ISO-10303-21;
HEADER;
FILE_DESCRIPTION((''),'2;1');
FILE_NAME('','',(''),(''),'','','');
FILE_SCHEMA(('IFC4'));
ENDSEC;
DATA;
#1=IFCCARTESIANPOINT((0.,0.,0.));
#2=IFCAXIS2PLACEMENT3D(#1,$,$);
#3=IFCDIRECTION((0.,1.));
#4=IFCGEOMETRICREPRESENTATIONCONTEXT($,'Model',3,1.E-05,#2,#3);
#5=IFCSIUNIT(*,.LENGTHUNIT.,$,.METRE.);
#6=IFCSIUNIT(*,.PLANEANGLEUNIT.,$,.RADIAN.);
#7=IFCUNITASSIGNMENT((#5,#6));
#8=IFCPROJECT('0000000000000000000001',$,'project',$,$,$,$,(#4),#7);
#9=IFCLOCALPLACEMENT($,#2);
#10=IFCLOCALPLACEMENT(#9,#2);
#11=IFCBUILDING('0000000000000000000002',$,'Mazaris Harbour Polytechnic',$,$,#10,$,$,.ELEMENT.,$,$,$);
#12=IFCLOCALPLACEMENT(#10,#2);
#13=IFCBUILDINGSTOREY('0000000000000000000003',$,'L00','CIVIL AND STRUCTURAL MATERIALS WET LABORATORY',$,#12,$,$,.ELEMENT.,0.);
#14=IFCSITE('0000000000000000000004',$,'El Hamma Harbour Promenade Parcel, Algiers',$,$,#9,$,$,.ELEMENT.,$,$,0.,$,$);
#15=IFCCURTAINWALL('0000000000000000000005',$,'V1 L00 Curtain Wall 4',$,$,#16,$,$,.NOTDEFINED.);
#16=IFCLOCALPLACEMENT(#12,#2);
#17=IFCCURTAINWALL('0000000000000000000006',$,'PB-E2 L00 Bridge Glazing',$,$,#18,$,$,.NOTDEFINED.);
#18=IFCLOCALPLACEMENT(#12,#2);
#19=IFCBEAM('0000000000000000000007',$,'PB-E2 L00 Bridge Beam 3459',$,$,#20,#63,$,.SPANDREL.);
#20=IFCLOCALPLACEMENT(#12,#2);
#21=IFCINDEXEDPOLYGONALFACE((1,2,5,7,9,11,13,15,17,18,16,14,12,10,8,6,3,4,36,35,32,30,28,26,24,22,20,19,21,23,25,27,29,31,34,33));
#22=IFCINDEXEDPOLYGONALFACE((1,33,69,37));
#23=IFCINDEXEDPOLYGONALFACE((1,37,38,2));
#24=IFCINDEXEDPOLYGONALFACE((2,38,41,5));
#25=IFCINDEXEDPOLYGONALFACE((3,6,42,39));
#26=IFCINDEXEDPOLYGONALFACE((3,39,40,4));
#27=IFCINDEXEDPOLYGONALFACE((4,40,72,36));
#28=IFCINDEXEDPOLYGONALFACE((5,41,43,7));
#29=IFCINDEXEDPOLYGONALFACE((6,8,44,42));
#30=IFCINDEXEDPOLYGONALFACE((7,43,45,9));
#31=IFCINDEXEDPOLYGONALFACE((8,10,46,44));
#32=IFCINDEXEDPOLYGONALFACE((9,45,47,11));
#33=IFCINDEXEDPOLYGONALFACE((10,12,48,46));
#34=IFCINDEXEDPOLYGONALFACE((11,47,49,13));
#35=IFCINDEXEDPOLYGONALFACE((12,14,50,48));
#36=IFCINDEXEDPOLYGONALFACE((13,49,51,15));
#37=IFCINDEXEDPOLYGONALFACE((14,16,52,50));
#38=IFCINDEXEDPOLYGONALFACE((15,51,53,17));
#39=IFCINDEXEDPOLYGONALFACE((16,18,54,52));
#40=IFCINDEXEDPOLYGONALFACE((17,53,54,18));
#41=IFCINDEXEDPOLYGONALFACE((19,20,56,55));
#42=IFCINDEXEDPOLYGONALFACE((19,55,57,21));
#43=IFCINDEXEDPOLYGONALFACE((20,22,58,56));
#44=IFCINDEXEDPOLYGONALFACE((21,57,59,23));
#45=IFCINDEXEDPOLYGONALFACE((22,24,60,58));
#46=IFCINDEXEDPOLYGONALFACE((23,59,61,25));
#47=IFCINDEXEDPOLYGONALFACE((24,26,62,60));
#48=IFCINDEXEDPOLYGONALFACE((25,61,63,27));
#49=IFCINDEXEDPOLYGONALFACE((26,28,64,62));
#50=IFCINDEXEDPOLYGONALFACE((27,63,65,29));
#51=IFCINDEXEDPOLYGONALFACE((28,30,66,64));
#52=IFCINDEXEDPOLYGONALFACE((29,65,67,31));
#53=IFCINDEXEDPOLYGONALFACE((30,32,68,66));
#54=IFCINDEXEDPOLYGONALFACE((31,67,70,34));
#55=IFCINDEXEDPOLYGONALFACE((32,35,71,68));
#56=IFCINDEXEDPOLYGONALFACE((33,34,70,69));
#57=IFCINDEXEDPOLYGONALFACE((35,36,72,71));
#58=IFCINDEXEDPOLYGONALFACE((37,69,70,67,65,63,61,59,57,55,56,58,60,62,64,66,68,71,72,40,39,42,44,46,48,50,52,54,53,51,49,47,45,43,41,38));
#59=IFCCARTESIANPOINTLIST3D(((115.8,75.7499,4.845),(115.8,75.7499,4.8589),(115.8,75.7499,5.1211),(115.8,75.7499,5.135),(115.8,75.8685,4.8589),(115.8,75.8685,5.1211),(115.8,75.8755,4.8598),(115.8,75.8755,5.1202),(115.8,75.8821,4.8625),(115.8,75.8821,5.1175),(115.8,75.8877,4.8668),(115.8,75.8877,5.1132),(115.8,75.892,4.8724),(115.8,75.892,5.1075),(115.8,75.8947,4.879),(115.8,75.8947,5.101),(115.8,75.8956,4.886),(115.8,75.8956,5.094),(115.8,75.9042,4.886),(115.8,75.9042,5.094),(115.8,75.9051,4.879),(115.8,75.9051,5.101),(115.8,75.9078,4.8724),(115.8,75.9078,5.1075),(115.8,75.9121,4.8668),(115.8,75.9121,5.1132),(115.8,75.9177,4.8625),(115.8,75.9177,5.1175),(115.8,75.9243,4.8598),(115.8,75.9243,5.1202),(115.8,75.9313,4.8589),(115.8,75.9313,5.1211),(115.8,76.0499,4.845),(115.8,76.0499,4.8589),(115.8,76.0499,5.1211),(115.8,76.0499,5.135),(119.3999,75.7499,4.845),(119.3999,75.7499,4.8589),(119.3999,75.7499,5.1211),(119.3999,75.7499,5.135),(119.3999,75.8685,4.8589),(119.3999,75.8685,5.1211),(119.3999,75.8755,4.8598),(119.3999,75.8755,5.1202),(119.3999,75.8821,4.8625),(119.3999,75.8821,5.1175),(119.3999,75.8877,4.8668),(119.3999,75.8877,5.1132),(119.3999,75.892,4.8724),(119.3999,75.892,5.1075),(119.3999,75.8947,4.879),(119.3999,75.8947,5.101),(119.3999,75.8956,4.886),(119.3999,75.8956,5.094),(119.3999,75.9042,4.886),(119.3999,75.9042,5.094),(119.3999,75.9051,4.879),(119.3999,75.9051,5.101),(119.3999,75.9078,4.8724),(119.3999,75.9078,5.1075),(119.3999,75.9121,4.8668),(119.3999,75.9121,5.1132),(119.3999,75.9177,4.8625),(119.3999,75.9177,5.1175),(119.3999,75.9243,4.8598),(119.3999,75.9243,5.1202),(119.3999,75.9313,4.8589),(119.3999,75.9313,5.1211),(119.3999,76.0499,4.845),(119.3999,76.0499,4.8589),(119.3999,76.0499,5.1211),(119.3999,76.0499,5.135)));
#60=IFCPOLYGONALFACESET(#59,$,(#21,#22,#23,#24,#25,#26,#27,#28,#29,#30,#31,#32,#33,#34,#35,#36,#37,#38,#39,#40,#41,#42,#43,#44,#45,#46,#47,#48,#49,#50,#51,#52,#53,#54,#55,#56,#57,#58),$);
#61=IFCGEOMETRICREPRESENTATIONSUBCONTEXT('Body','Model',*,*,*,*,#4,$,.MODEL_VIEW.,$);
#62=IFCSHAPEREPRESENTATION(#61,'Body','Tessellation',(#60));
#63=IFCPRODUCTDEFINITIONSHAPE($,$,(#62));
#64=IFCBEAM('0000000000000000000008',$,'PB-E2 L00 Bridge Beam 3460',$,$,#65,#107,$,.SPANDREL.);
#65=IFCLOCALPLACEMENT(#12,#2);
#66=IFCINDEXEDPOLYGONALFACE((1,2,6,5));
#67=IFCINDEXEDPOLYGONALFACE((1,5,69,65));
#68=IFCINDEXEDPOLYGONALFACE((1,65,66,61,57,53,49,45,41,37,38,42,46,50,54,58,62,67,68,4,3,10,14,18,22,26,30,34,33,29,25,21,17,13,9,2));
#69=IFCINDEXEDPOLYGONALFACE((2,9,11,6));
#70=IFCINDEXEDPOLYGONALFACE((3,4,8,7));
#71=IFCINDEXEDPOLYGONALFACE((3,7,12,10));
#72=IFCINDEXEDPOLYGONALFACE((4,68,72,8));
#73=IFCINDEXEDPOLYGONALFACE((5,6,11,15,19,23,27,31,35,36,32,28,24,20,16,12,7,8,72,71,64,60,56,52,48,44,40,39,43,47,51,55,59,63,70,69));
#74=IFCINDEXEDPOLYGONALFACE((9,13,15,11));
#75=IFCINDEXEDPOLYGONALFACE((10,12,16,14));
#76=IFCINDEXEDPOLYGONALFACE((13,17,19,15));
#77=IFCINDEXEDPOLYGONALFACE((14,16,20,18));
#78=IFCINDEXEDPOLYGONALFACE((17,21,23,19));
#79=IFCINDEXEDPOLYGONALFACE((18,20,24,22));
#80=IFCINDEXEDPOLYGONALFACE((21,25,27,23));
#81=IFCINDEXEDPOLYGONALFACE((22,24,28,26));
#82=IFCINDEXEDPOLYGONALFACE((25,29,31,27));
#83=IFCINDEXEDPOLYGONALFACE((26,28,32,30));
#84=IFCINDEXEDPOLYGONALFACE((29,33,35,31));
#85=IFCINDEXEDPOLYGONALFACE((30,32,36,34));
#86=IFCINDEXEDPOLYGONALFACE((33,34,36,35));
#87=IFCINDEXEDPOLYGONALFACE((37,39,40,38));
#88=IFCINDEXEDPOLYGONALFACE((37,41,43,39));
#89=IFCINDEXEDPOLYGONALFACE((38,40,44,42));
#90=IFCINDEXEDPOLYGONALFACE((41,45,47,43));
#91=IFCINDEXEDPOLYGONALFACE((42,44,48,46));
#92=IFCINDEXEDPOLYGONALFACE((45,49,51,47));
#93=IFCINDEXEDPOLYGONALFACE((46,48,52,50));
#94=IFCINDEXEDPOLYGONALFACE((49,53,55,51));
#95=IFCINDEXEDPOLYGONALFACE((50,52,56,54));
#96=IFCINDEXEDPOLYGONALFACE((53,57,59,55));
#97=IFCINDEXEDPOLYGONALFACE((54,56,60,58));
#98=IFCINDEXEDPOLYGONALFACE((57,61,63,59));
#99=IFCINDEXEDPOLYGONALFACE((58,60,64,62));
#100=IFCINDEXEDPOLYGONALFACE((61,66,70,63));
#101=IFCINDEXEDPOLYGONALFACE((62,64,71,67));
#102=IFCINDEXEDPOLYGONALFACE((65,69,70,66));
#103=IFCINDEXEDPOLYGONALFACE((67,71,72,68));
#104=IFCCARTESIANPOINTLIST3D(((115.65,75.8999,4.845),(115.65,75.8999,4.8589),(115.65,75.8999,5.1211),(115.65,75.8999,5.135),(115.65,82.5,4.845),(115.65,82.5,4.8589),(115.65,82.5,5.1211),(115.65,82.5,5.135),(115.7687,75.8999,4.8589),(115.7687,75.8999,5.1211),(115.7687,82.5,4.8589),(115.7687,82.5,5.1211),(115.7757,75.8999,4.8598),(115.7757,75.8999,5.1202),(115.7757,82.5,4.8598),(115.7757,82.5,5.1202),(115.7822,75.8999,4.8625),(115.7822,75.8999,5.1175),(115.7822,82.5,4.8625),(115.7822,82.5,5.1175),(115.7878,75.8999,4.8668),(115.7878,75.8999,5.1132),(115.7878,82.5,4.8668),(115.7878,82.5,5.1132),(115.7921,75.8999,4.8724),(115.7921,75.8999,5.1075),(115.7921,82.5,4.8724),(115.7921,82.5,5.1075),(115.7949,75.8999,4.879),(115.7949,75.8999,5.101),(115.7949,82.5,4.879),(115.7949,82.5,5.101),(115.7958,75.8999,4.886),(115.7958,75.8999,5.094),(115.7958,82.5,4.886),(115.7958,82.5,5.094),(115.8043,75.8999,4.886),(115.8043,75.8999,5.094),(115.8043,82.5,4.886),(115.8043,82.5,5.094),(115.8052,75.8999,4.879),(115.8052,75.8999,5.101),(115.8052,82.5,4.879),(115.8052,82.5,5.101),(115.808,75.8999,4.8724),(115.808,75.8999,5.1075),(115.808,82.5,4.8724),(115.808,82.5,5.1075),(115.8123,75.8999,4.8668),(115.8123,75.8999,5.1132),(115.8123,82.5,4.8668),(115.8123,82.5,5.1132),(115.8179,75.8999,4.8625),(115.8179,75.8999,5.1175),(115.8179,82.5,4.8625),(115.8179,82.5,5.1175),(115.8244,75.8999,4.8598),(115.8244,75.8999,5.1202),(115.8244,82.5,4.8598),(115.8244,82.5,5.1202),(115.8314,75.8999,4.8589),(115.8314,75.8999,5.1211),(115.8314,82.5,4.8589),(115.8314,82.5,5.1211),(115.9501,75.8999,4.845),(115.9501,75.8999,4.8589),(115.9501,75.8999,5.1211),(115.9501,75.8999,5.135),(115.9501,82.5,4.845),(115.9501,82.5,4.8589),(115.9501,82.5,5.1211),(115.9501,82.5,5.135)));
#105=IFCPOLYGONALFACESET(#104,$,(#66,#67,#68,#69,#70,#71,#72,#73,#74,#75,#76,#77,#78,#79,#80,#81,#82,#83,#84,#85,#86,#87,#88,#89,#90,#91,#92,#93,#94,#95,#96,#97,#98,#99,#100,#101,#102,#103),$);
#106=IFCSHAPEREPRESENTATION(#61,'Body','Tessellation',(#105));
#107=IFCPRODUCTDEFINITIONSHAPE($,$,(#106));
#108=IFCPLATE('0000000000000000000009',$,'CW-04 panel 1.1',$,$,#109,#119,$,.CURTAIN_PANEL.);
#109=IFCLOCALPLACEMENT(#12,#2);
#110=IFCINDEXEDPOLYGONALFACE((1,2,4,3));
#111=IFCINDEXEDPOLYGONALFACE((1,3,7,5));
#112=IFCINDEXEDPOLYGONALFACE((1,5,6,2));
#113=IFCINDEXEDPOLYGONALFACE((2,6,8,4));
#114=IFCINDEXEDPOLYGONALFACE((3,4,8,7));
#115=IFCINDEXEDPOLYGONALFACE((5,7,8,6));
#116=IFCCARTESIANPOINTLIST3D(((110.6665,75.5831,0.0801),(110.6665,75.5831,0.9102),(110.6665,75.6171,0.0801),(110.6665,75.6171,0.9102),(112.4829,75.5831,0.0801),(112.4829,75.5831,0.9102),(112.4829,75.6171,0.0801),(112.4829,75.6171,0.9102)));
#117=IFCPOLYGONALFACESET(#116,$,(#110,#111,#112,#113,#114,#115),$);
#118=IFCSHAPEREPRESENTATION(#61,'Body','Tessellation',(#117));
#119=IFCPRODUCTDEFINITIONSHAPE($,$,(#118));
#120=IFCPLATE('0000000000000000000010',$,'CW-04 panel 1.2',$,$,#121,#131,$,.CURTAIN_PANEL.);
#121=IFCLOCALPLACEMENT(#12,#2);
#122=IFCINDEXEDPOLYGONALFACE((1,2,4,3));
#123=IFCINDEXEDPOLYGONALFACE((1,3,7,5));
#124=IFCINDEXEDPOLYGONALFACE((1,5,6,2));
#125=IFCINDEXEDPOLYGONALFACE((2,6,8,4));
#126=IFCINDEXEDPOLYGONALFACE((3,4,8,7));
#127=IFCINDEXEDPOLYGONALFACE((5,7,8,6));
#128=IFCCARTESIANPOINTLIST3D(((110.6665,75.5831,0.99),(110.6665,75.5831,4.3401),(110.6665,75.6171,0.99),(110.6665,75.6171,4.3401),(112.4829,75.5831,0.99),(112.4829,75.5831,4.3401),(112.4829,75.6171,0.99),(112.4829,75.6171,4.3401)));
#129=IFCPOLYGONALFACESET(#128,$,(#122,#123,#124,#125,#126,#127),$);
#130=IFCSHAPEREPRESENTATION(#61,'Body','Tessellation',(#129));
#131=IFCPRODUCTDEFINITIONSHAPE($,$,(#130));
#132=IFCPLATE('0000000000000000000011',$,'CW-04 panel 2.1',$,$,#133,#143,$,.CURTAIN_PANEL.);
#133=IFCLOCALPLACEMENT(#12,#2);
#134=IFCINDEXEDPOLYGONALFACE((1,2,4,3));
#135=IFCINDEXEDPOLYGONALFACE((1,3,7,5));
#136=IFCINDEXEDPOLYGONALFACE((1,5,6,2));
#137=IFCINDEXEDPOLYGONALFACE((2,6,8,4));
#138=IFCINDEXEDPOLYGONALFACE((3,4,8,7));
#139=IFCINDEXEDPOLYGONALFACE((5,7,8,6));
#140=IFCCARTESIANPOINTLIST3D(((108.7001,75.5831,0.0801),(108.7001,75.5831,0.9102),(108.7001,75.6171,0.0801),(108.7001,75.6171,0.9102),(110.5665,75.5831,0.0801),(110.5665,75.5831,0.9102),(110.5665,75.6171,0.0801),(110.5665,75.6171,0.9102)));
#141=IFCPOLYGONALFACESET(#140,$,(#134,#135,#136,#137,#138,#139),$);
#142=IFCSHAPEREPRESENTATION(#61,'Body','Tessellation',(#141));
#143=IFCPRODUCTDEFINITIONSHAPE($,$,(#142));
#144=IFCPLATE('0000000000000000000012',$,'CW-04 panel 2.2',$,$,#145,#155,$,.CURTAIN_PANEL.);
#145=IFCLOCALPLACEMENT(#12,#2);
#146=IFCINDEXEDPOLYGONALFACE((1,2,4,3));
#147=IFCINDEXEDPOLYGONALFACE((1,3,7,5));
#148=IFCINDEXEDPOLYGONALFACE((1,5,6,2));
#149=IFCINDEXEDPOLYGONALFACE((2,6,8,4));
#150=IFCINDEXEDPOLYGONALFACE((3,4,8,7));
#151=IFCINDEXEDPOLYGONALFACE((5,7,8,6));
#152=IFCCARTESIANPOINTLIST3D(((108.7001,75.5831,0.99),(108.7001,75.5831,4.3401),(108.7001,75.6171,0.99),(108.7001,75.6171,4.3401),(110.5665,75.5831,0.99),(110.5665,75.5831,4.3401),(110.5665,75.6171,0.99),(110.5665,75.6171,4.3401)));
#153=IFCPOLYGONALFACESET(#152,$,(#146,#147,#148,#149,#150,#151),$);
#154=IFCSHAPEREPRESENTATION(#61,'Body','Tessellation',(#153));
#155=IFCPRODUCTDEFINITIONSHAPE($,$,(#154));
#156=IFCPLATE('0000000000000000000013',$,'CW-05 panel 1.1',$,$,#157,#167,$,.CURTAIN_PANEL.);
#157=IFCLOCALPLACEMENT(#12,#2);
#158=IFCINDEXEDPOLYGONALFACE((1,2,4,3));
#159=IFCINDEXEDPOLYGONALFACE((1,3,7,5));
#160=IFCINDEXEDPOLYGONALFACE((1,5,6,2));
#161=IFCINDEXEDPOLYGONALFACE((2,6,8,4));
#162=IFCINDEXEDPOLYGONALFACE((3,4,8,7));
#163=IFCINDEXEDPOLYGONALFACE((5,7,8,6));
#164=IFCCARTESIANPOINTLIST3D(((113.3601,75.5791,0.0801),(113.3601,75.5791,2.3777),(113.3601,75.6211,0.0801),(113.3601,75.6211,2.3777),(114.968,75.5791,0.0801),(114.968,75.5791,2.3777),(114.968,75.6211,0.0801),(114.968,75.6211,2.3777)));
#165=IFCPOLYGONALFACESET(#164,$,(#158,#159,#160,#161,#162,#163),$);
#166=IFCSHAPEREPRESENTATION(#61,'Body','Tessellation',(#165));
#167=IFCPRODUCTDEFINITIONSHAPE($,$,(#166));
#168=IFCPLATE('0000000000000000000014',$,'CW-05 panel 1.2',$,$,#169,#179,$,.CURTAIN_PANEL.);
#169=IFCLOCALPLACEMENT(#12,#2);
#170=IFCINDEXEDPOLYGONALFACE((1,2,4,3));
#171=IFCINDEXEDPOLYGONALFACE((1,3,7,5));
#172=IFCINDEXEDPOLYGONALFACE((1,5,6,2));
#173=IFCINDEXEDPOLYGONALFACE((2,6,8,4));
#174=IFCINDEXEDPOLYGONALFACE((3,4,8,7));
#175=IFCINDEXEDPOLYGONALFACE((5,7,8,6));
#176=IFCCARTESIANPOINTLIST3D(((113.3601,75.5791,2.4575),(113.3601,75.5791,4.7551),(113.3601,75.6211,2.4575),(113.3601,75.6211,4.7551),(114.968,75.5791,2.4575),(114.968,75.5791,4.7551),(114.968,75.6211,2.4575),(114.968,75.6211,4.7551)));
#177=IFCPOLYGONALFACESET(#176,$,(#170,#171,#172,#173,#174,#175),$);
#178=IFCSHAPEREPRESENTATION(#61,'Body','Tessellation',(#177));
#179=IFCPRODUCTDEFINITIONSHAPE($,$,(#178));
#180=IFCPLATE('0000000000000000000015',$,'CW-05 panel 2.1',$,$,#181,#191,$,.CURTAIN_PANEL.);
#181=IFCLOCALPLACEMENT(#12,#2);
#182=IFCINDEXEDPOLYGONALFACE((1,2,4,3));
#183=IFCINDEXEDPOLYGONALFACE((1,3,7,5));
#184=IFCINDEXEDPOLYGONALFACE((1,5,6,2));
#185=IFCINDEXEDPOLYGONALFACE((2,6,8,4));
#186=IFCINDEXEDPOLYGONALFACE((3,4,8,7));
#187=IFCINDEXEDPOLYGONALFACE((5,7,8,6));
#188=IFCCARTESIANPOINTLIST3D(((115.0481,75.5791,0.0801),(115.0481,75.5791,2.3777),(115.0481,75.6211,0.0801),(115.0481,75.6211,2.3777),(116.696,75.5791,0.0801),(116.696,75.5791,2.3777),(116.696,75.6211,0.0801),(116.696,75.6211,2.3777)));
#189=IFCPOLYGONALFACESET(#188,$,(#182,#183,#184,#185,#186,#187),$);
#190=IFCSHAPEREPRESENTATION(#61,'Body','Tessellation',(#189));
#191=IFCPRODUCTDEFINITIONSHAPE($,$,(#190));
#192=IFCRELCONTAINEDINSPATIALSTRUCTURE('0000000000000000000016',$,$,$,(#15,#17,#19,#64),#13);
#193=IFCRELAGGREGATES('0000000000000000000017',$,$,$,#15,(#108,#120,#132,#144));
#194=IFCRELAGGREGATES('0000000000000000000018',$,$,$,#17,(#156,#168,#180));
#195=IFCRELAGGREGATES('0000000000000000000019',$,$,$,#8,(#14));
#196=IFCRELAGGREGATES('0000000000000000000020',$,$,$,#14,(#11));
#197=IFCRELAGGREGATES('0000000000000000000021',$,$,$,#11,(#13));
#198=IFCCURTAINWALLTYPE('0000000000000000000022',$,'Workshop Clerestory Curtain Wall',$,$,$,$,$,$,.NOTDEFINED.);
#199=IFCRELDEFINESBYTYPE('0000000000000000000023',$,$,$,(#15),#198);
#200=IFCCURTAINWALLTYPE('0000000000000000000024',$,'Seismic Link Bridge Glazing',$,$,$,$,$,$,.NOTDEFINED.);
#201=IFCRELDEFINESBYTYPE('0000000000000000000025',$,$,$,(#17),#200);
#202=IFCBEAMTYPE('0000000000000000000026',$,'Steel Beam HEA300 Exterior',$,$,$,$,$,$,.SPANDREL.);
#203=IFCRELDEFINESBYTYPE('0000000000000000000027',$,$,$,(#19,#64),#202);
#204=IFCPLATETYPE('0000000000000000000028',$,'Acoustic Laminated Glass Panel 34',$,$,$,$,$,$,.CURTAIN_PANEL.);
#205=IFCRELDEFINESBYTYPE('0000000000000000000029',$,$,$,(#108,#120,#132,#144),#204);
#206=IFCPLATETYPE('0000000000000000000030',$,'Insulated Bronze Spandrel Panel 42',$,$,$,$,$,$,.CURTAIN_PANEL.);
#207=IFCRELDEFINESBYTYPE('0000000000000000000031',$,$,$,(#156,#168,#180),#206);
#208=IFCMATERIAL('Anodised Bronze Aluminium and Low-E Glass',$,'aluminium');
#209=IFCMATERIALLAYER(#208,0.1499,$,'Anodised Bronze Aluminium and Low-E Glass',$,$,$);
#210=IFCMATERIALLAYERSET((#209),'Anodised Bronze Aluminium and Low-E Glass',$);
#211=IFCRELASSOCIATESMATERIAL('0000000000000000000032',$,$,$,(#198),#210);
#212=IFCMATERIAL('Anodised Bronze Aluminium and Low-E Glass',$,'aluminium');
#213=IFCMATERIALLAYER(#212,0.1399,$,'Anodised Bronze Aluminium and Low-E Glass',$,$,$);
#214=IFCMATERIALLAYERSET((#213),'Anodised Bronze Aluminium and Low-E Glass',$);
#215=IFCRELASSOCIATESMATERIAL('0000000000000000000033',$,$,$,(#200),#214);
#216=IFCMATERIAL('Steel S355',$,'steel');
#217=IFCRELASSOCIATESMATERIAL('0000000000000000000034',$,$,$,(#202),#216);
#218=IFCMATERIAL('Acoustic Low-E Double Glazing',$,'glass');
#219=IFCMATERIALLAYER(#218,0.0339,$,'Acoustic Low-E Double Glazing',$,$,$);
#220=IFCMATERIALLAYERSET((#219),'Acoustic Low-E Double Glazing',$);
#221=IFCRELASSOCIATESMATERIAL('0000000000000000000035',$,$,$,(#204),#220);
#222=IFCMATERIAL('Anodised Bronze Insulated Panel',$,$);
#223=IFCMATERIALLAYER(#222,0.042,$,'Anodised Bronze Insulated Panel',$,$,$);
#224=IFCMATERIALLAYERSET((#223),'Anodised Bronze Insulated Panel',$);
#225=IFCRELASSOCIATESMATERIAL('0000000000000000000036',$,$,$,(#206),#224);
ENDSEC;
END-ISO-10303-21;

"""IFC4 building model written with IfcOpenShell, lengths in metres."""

from ifc_helpers import new_model, si_unit, direction, frame, origin, origin_2d, place, context, subcontext, project, spatial, rectangle, i_section, extrude, material, layer, layer_set, material_profile, profile_set, type_object, element, aggregate, save


model = new_model("IFC4")

# Units and contexts
model_context = context("Model", 3, precision=1e-05, world=origin(), true_north=direction((0.0, 1.0)))
body_context = subcontext(model_context, "Body", "Model", "MODEL_VIEW")
ifc_project = project(units=[si_unit("LENGTHUNIT", "METRE"), si_unit("PLANEANGLEUNIT", "RADIAN")], contexts=[model_context])

# Site, building, storey
site_placement = place(None, origin())
site = spatial("IfcSite", under=ifc_project, at=site_placement, Name="El Hamma Harbour Promenade Parcel, Algiers", CompositionType="ELEMENT", RefElevation=0.0)
building_placement = place(site_placement, origin())
building = spatial("IfcBuilding", under=site, at=building_placement, Name="Mazaris Harbour Polytechnic", CompositionType="ELEMENT")
storey_placement = place(building_placement, origin())
storey = spatial("IfcBuildingStorey", under=building, at=storey_placement, Name="L00", Description="CIVIL AND STRUCTURAL MATERIALS WET LABORATORY", CompositionType="ELEMENT", Elevation=0.0)

# Curtain walls
ifc_material_1 = material(Name="Anodised Bronze Aluminium and Low-E Glass", Category="aluminium")
ifc_layer_1 = layer(ifc_material_1, 0.1499, Name="Anodised Bronze Aluminium and Low-E Glass")
ifc_layer_set_1 = layer_set([ifc_layer_1], Name="Anodised Bronze Aluminium and Low-E Glass")
curtain_wall_type_1 = type_object("IfcCurtainWallType", Name="Workshop Clerestory Curtain Wall", PredefinedType="NOTDEFINED", material=ifc_layer_set_1)
curtain_wall_1_placement = place(storey_placement, origin())
curtain_wall_1 = element("IfcCurtainWall", 1, at=curtain_wall_1_placement, inside=storey, type_object=curtain_wall_type_1, Name="V1 L00 Curtain Wall 4", PredefinedType="NOTDEFINED")
ifc_material_2 = material(Name="Anodised Bronze Aluminium and Low-E Glass", Category="aluminium")
ifc_layer_2 = layer(ifc_material_2, 0.1399, Name="Anodised Bronze Aluminium and Low-E Glass")
ifc_layer_set_2 = layer_set([ifc_layer_2], Name="Anodised Bronze Aluminium and Low-E Glass")
curtain_wall_type_2 = type_object("IfcCurtainWallType", Name="Seismic Link Bridge Glazing", PredefinedType="NOTDEFINED", material=ifc_layer_set_2)
curtain_wall_2_placement = place(storey_placement, origin())
curtain_wall_2 = element("IfcCurtainWall", 2, at=curtain_wall_2_placement, inside=storey, type_object=curtain_wall_type_2, Name="PB-E2 L00 Bridge Glazing", PredefinedType="NOTDEFINED")

# Beams
ifc_material_3 = material(Name="Steel S355", Category="steel")
ifc_material_profile_1 = material_profile(ifc_material_3, i_section(OverallWidth=0.3, OverallDepth=0.29, WebThickness=0.0085, FlangeThickness=0.0139, FilletRadius=0.0271, at=origin_2d()), Name="HEA 300")
ifc_profile_set_1 = profile_set([ifc_material_profile_1], Name="Steel S355")
beam_type_1 = type_object("IfcBeamType", Name="Steel Beam HEA300 Exterior", PredefinedType="SPANDREL", material=ifc_profile_set_1)
beam_1_placement = place(storey_placement, frame((115.8, 75.8999, 4.99), z_axis=(1.0, 0.0, 0.0), x_axis=(0.0, 1.0, 0.0)))
element("IfcBeam", 3, at=beam_1_placement, inside=storey, type_object=beam_type_1, Name="PB-E2 L00 Bridge Beam 3459", PredefinedType="SPANDREL", context=body_context, shape_type="SweptSolid", body=[
    extrude(i_section(OverallWidth=0.3, OverallDepth=0.29, WebThickness=0.0085, FlangeThickness=0.0139, FilletRadius=0.0271, at=origin_2d()), origin(), (0.0, 0.0, 1.0), 3.5999),
])
beam_2_placement = place(storey_placement, frame((115.8, 75.8999, 4.99), z_axis=(0.0, 1.0, 0.0), x_axis=(-1.0, 0.0, 0.0)))
element("IfcBeam", 4, at=beam_2_placement, inside=storey, type_object=beam_type_1, Name="PB-E2 L00 Bridge Beam 3460", PredefinedType="SPANDREL", context=body_context, shape_type="SweptSolid", body=[
    extrude(i_section(OverallWidth=0.3, OverallDepth=0.29, WebThickness=0.0085, FlangeThickness=0.0139, FilletRadius=0.0271, at=origin_2d()), origin(), (0.0, 0.0, 1.0), 6.6001),
])

# Plates
ifc_material_4 = material(Name="Acoustic Low-E Double Glazing", Category="glass")
ifc_layer_3 = layer(ifc_material_4, 0.0339, Name="Acoustic Low-E Double Glazing")
ifc_layer_set_3 = layer_set([ifc_layer_3], Name="Acoustic Low-E Double Glazing")
plate_type_1 = type_object("IfcPlateType", Name="Acoustic Laminated Glass Panel 34", PredefinedType="CURTAIN_PANEL", material=ifc_layer_set_3)
plate_1_placement = place(storey_placement, frame((111.5747, 75.6001, 0.0801), z_axis=(0.0, 0.0, 1.0), x_axis=(-1.0, 0.0, 0.0)))
plate_1 = element("IfcPlate", 5, at=plate_1_placement, type_object=plate_type_1, Name="CW-04 panel 1.1", PredefinedType="CURTAIN_PANEL", context=body_context, shape_type="SweptSolid", body=[
    extrude(rectangle(XDim=1.8164, YDim=0.0339, at=origin_2d()), origin(), (0.0, 0.0, 1.0), 0.8301),
])
plate_2_placement = place(storey_placement, frame((111.5747, 75.6001, 0.99), z_axis=(0.0, 0.0, 1.0), x_axis=(-1.0, 0.0, 0.0)))
plate_2 = element("IfcPlate", 6, at=plate_2_placement, type_object=plate_type_1, Name="CW-04 panel 1.2", PredefinedType="CURTAIN_PANEL", context=body_context, shape_type="SweptSolid", body=[
    extrude(rectangle(XDim=1.8164, YDim=0.0339, at=origin_2d()), origin(), (0.0, 0.0, 1.0), 3.3501),
])
plate_3_placement = place(storey_placement, frame((109.6333, 75.6001, 0.0801), z_axis=(0.0, 0.0, 1.0), x_axis=(-1.0, 0.0, 0.0)))
plate_3 = element("IfcPlate", 7, at=plate_3_placement, type_object=plate_type_1, Name="CW-04 panel 2.1", PredefinedType="CURTAIN_PANEL", context=body_context, shape_type="SweptSolid", body=[
    extrude(rectangle(XDim=1.8665, YDim=0.0339, at=origin_2d()), origin(), (0.0, 0.0, 1.0), 0.8301),
])
plate_4_placement = place(storey_placement, frame((109.6333, 75.6001, 0.99), z_axis=(0.0, 0.0, 1.0), x_axis=(-1.0, 0.0, 0.0)))
plate_4 = element("IfcPlate", 8, at=plate_4_placement, type_object=plate_type_1, Name="CW-04 panel 2.2", PredefinedType="CURTAIN_PANEL", context=body_context, shape_type="SweptSolid", body=[
    extrude(rectangle(XDim=1.8665, YDim=0.0339, at=origin_2d()), origin(), (0.0, 0.0, 1.0), 3.3501),
])
aggregate(curtain_wall_1, [plate_1, plate_2, plate_3, plate_4])
ifc_material_5 = material(Name="Anodised Bronze Insulated Panel")
ifc_layer_4 = layer(ifc_material_5, 0.042, Name="Anodised Bronze Insulated Panel")
ifc_layer_set_4 = layer_set([ifc_layer_4], Name="Anodised Bronze Insulated Panel")
plate_type_2 = type_object("IfcPlateType", Name="Insulated Bronze Spandrel Panel 42", PredefinedType="CURTAIN_PANEL", material=ifc_layer_set_4)
plate_5_placement = place(storey_placement, frame((114.1641, 75.6001, 0.0801), z_axis=(0.0, 0.0, 1.0), x_axis=(1.0, 0.0, 0.0)))
plate_5 = element("IfcPlate", 9, at=plate_5_placement, type_object=plate_type_2, Name="CW-05 panel 1.1", PredefinedType="CURTAIN_PANEL", context=body_context, shape_type="SweptSolid", body=[
    extrude(rectangle(XDim=1.6079, YDim=0.042, at=origin_2d()), origin(), (0.0, 0.0, 1.0), 2.2976),
])
plate_6_placement = place(storey_placement, frame((114.1641, 75.6001, 2.4575), z_axis=(0.0, 0.0, 1.0), x_axis=(1.0, 0.0, 0.0)))
plate_6 = element("IfcPlate", 10, at=plate_6_placement, type_object=plate_type_2, Name="CW-05 panel 1.2", PredefinedType="CURTAIN_PANEL", context=body_context, shape_type="SweptSolid", body=[
    extrude(rectangle(XDim=1.6079, YDim=0.042, at=origin_2d()), origin(), (0.0, 0.0, 1.0), 2.2976),
])
plate_7_placement = place(storey_placement, frame((115.8721, 75.6001, 0.0801), z_axis=(0.0, 0.0, 1.0), x_axis=(1.0, 0.0, 0.0)))
plate_7 = element("IfcPlate", 11, at=plate_7_placement, type_object=plate_type_2, Name="CW-05 panel 2.1", PredefinedType="CURTAIN_PANEL", context=body_context, shape_type="SweptSolid", body=[
    extrude(rectangle(XDim=1.6479, YDim=0.042, at=origin_2d()), origin(), (0.0, 0.0, 1.0), 2.2976),
])
aggregate(curtain_wall_2, [plate_5, plate_6, plate_7])

save(model, "model.ifc")
